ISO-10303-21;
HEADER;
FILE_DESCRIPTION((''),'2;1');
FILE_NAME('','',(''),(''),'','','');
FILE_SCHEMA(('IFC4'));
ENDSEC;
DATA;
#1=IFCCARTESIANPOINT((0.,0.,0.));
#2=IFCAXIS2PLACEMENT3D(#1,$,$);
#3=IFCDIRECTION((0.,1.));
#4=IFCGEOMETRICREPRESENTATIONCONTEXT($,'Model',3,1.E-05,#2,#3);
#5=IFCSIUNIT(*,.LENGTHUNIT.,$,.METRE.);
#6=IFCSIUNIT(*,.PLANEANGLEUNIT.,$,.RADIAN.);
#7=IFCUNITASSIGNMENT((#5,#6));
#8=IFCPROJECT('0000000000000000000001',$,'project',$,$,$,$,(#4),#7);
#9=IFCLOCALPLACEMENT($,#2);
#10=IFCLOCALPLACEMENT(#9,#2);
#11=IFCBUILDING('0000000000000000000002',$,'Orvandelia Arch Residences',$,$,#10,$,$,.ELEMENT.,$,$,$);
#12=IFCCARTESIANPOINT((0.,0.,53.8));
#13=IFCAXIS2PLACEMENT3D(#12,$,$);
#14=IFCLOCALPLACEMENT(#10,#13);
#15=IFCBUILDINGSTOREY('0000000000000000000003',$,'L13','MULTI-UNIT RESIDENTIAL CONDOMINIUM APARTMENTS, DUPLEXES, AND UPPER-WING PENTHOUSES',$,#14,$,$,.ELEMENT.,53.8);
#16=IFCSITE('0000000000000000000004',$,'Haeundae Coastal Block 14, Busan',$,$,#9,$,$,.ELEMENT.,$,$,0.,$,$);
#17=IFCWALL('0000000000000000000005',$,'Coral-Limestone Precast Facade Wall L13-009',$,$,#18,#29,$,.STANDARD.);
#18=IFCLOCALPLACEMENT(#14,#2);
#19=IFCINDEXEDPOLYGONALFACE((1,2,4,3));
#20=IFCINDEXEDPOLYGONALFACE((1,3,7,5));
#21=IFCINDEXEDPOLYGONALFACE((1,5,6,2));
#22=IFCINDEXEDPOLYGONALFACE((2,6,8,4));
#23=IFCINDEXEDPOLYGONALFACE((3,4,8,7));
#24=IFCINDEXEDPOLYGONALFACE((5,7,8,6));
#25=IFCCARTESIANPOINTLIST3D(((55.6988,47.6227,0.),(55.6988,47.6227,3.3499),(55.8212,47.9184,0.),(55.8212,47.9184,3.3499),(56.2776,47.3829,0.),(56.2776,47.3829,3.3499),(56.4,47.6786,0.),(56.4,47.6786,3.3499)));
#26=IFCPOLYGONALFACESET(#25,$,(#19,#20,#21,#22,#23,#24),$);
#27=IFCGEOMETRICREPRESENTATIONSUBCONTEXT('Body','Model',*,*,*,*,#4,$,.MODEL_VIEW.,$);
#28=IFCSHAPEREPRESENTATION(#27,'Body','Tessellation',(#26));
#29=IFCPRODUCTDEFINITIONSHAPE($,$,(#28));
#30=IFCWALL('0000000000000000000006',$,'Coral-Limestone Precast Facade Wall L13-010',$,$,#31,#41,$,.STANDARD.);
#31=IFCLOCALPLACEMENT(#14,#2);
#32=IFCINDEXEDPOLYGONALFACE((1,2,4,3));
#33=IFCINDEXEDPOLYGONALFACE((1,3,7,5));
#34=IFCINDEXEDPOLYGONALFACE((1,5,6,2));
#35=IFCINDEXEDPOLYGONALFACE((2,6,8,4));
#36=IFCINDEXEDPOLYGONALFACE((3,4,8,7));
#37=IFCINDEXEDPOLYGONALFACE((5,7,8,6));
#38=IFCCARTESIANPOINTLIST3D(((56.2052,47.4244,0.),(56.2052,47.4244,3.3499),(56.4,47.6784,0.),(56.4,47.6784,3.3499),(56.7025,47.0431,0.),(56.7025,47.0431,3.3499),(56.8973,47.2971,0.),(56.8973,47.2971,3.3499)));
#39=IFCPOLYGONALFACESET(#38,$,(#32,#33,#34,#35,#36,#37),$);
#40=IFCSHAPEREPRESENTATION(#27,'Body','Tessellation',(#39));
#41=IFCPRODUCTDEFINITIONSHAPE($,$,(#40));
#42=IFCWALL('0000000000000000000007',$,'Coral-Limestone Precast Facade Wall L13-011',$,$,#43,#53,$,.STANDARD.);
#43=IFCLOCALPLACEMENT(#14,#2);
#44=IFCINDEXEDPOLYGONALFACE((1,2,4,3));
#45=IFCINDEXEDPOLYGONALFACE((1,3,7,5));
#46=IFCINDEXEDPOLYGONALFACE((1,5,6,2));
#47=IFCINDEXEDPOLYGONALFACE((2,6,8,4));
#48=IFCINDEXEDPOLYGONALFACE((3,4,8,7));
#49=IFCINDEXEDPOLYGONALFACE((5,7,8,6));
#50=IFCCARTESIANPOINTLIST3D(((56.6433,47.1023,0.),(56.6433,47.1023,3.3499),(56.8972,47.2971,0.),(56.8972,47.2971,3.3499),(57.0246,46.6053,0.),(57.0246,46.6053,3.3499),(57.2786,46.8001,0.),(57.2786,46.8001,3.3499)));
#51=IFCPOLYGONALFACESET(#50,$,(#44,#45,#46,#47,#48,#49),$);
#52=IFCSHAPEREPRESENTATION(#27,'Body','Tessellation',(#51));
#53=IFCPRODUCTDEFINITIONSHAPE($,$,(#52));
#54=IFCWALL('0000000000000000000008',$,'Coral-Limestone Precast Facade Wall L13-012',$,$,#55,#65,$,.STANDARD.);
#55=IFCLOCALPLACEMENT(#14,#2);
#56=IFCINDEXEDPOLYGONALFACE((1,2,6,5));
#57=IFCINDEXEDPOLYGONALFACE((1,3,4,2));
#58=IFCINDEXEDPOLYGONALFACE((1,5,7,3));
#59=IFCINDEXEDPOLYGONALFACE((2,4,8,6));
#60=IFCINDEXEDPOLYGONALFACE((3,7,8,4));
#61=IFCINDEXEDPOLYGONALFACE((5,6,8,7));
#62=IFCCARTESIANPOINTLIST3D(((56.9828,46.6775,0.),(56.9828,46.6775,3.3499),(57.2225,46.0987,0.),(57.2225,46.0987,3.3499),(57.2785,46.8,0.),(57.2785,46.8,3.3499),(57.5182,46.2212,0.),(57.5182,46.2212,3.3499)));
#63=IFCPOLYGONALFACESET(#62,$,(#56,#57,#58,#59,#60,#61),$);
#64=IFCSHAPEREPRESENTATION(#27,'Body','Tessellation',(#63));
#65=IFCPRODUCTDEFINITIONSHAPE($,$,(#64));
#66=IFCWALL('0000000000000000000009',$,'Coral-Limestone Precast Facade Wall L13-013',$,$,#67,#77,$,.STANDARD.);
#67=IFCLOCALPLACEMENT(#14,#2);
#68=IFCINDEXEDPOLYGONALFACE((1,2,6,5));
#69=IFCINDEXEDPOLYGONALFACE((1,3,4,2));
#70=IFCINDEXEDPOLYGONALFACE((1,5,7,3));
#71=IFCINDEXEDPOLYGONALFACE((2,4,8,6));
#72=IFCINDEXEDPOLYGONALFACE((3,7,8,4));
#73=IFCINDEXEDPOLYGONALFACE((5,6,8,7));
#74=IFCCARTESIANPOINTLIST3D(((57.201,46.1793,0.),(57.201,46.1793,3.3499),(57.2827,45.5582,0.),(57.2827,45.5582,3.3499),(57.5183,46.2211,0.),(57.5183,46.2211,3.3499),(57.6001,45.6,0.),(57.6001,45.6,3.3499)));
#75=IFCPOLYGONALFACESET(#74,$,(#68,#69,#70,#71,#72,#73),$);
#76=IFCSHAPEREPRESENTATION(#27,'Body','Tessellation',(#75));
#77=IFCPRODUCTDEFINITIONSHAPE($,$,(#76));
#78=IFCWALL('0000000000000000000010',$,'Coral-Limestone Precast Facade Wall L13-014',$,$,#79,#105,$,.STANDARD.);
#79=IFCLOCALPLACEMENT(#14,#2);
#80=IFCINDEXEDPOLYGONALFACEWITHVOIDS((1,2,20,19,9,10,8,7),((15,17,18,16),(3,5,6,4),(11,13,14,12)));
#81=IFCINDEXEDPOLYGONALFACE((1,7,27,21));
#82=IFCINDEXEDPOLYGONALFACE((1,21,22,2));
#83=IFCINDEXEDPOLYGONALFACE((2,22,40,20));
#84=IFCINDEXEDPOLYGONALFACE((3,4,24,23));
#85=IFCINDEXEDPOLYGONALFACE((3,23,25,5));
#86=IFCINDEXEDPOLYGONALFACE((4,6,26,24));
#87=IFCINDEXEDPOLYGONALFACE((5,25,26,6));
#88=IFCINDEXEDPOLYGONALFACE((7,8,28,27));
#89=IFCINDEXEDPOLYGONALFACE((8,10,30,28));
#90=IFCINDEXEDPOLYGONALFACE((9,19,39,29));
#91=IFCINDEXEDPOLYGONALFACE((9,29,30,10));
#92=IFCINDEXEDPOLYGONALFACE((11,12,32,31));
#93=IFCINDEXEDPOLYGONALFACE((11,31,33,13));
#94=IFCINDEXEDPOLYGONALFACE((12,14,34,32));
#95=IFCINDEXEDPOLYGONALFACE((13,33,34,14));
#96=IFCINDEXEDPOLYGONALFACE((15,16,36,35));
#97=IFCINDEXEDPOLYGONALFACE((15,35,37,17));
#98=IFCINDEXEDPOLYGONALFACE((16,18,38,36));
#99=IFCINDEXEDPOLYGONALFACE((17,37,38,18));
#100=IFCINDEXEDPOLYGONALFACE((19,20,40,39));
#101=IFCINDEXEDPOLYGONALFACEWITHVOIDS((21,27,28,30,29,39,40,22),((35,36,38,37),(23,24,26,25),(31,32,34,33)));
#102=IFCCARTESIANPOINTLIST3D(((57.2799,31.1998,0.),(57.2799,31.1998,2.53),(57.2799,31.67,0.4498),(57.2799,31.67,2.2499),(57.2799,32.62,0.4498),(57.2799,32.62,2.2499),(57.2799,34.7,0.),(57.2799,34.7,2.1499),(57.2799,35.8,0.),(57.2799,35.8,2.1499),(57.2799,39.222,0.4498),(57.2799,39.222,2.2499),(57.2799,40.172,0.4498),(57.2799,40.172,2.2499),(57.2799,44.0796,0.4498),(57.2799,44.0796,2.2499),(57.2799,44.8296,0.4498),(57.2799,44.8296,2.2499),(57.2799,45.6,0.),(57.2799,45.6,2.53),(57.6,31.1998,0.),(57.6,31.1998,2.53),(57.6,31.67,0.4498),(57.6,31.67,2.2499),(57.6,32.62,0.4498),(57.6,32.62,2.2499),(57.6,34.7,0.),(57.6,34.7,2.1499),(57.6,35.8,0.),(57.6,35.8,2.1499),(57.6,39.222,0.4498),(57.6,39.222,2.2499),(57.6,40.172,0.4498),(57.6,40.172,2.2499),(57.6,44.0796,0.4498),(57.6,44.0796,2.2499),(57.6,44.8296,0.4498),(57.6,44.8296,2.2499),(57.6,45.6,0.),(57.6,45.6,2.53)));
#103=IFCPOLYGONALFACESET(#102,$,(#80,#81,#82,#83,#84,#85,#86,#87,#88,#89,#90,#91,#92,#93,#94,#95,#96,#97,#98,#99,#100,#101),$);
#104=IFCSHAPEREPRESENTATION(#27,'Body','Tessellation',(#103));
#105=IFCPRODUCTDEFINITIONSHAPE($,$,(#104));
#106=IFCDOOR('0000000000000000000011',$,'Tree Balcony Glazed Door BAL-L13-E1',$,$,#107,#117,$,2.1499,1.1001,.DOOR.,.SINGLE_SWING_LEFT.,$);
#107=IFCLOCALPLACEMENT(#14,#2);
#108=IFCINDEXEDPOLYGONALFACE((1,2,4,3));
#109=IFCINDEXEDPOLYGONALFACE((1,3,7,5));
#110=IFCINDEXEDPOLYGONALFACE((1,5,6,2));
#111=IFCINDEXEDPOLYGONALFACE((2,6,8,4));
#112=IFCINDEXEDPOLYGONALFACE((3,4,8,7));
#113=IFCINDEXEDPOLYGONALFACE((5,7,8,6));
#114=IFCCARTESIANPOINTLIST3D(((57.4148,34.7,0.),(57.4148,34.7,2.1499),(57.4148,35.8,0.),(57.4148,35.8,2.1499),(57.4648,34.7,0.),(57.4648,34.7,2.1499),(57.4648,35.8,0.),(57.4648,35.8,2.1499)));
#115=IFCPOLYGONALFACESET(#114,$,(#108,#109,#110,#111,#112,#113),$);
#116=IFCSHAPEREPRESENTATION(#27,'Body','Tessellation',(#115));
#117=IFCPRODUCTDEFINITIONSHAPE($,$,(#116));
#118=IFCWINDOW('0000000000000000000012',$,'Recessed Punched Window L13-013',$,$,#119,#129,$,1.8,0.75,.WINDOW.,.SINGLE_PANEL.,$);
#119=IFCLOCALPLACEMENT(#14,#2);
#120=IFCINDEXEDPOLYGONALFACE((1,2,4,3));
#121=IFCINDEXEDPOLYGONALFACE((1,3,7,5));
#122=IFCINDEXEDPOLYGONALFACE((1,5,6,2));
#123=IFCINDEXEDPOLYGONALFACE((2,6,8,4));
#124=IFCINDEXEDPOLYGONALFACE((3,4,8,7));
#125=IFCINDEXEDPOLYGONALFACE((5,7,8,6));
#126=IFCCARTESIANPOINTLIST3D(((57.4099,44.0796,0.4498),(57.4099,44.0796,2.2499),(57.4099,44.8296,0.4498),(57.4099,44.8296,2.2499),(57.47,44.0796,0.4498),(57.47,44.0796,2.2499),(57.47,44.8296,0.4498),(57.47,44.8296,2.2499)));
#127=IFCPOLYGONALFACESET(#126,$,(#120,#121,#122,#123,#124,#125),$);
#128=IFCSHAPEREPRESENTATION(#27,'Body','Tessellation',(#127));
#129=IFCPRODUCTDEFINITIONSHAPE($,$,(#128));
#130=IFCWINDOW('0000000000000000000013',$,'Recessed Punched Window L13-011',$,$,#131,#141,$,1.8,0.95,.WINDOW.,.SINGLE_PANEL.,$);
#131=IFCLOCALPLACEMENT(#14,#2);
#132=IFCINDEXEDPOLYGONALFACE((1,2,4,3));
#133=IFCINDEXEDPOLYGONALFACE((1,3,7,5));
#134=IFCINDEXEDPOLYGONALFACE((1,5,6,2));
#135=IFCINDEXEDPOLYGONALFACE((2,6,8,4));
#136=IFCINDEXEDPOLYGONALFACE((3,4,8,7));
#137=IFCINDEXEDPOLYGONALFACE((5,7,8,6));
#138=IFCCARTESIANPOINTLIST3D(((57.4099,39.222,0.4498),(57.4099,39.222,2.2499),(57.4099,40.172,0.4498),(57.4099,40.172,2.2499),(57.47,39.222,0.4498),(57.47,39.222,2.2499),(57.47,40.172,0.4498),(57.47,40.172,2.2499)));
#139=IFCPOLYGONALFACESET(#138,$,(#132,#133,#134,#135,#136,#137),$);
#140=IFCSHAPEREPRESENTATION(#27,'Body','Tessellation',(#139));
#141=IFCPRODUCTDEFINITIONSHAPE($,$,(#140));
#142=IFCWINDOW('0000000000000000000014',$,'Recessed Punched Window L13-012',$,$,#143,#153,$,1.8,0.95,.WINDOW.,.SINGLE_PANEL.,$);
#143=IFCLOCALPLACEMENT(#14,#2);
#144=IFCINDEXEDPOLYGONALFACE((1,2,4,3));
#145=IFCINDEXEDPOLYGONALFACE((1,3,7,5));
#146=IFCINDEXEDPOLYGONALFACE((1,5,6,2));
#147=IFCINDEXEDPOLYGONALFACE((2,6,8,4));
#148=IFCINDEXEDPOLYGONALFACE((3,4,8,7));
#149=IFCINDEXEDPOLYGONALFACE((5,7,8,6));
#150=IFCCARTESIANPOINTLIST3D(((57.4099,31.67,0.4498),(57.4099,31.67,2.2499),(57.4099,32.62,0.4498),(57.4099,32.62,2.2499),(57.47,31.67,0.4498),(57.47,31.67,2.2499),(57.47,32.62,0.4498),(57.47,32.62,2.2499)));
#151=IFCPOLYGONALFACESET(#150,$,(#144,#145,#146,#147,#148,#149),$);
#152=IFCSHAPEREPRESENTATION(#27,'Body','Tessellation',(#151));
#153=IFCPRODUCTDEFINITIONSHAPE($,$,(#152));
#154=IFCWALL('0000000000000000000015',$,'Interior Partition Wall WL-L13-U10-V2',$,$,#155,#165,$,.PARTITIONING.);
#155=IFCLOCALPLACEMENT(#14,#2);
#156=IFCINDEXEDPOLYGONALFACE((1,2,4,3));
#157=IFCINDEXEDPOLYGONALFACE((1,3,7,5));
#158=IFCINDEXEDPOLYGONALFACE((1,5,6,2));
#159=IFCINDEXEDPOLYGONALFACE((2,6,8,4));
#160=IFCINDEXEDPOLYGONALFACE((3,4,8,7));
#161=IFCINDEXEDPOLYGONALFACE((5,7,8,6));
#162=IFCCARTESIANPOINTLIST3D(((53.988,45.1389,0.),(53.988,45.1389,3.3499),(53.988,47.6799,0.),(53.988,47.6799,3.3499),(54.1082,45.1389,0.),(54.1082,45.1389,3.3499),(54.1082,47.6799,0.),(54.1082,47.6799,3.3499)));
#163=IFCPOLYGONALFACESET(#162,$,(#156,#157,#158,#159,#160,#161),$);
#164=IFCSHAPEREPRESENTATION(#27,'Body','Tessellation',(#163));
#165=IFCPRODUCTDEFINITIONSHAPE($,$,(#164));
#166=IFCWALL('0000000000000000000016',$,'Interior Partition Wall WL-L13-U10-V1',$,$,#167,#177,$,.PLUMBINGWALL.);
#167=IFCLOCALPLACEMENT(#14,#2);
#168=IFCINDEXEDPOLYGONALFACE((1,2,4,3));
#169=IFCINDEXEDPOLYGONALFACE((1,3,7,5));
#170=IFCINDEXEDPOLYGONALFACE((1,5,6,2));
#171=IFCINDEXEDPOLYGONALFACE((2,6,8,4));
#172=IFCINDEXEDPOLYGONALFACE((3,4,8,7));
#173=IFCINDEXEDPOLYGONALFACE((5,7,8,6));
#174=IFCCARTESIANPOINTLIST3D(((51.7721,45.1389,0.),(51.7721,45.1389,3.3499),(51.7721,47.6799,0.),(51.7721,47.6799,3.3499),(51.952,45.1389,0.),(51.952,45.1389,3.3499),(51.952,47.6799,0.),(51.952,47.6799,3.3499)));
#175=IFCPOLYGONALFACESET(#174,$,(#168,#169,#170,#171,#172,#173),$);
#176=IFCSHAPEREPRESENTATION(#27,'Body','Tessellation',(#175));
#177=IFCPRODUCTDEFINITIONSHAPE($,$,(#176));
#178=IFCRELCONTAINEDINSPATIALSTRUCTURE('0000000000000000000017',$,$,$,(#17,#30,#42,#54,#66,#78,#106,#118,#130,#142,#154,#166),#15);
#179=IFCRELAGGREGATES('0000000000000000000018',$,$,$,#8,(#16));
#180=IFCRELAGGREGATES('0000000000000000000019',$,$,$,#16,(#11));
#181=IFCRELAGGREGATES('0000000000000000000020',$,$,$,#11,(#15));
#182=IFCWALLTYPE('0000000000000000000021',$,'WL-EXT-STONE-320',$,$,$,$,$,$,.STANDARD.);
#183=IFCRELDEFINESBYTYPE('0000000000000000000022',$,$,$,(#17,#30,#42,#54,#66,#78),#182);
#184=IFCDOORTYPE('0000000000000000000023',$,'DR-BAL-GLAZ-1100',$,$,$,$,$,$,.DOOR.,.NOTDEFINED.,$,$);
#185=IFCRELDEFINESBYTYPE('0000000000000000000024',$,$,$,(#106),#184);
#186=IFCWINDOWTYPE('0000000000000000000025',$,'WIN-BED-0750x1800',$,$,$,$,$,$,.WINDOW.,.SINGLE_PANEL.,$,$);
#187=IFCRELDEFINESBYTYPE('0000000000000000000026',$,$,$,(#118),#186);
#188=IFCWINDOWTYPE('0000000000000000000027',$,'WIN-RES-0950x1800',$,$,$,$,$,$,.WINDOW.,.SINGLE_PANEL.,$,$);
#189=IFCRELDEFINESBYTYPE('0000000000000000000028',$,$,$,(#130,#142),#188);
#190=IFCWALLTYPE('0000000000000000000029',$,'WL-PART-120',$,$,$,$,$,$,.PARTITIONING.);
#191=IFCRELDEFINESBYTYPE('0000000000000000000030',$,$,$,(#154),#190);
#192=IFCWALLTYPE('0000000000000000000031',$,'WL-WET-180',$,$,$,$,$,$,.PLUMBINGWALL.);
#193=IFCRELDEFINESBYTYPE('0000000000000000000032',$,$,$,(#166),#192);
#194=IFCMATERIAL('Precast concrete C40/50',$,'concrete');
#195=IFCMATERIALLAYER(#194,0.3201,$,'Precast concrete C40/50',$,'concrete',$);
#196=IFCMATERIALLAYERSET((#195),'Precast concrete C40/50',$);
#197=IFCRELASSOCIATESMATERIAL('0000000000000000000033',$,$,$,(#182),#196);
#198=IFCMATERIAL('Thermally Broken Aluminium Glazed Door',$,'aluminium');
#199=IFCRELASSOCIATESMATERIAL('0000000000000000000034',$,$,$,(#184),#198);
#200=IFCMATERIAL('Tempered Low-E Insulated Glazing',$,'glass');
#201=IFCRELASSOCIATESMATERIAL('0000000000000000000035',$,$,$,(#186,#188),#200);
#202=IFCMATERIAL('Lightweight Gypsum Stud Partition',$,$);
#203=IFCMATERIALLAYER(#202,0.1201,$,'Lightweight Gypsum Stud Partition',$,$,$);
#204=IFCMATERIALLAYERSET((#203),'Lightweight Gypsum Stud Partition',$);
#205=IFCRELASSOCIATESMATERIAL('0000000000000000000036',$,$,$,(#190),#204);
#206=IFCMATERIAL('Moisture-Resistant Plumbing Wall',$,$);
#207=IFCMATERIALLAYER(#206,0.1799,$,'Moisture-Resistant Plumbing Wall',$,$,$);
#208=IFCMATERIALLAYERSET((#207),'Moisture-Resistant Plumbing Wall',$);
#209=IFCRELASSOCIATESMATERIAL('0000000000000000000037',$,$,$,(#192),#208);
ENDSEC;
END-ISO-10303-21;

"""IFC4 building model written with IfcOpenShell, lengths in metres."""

from ifc_helpers import new_model, si_unit, direction, frame, frame_2d, origin, place, context, subcontext, project, spatial, rectangle, extrude, material, layer, layer_set, type_object, element, fill, save


model = new_model("IFC4")

# Units and contexts
model_context = context("Model", 3, precision=1e-05, world=origin(), true_north=direction((0.0, 1.0)))
body_context = subcontext(model_context, "Body", "Model", "MODEL_VIEW")
ifc_project = project(units=[si_unit("LENGTHUNIT", "METRE"), si_unit("PLANEANGLEUNIT", "RADIAN")], contexts=[model_context])

# Site, building, storey
site_placement = place(None, origin())
site = spatial("IfcSite", under=ifc_project, at=site_placement, Name="Haeundae Coastal Block 14, Busan", CompositionType="ELEMENT", RefElevation=0.0)
building_placement = place(site_placement, origin())
building = spatial("IfcBuilding", under=site, at=building_placement, Name="Orvandelia Arch Residences", CompositionType="ELEMENT")
storey_placement = place(building_placement, frame((0.0, 0.0, 53.8)))
storey = spatial("IfcBuildingStorey", under=building, at=storey_placement, Name="L13", Description="MULTI-UNIT RESIDENTIAL CONDOMINIUM APARTMENTS, DUPLEXES, AND UPPER-WING PENTHOUSES", CompositionType="ELEMENT", Elevation=53.8)

# Walls
ifc_material_1 = material(Name="Precast concrete C40/50", Category="concrete")
ifc_layer_1 = layer(ifc_material_1, 0.3201, Name="Precast concrete C40/50", Category="concrete")
ifc_layer_set_1 = layer_set([ifc_layer_1], Name="Precast concrete C40/50")
wall_type_1 = type_object("IfcWallType", Name="WL-EXT-STONE-320", PredefinedType="STANDARD", material=ifc_layer_set_1)
for number, where, z_axis, x_axis, name in (
    (1, (55.76, 47.7705, 0.0), (0.0, 0.0, 1.0), (0.923893, -0.38265, 0.0), "Coral-Limestone Precast Facade Wall L13-009"),
):
    element("IfcWall", number, at=place(storey_placement, frame(where, z_axis=z_axis, x_axis=x_axis)), inside=storey, type_object=wall_type_1, Name=name, PredefinedType="STANDARD", context=body_context, shape_type="SweptSolid", body=[
        extrude(rectangle(XDim=0.6265, YDim=0.3201, at=frame_2d((0.3132, 0.0))), origin(), (0.0, 0.0, 1.0), 3.3499),
    ])
wall_1_placement = place(storey_placement, frame((56.3025, 47.5515, 0.0), z_axis=(0.0, 0.0, 1.0), x_axis=(0.79355, -0.608505, 0.0)))
element("IfcWall", 2, at=wall_1_placement, inside=storey, type_object=wall_type_1, Name="Coral-Limestone Precast Facade Wall L13-010", PredefinedType="STANDARD", context=body_context, shape_type="SweptSolid", body=[
    extrude(rectangle(XDim=0.6267, YDim=0.3201, at=frame_2d((0.3135, 0.0))), origin(), (0.0, 0.0, 1.0), 3.3499),
])
for number, where, z_axis, x_axis, name in (
    (3, (56.7703, 47.1997, 0.0), (0.0, 0.0, 1.0), (0.608693, -0.793406, 0.0), "Coral-Limestone Precast Facade Wall L13-011"),
    (4, (57.1306, 46.7388, 0.0), (0.0, 0.0, 1.0), (0.38265, -0.923893, 0.0), "Coral-Limestone Precast Facade Wall L13-012"),
    (5, (57.3596, 46.2002, 0.0), (0.0, 0.0, 1.0), (0.130555, -0.991441, 0.0), "Coral-Limestone Precast Facade Wall L13-013"),
):
    element("IfcWall", number, at=place(storey_placement, frame(where, z_axis=z_axis, x_axis=x_axis)), inside=storey, type_object=wall_type_1, Name=name, PredefinedType="STANDARD", context=body_context, shape_type="SweptSolid", body=[
        extrude(rectangle(XDim=0.6265, YDim=0.3201, at=frame_2d((0.3132, 0.0))), origin(), (0.0, 0.0, 1.0), 3.3499),
    ])

# Wall, openings, door, windows
wall_2_placement = place(storey_placement, frame((57.4399, 45.6001, 0.0), z_axis=(0.0, 0.0, 1.0), x_axis=(0.0, -1.0, 0.0)))
wall_2 = element("IfcWall", 6, at=wall_2_placement, inside=storey, type_object=wall_type_1, Name="Coral-Limestone Precast Facade Wall L13-014", PredefinedType="STANDARD", context=body_context, shape_type="SweptSolid", body=[
    extrude(rectangle(XDim=14.4001, YDim=0.3201, at=frame_2d((7.2002, 0.0))), origin(), (0.0, 0.0, 1.0), 2.53),
])
opening_1_placement = place(wall_2_placement, frame((9.8, 0.0, 0.0)))
opening_1 = element("IfcOpeningElement", 7, at=opening_1_placement, cuts=wall_2, PredefinedType="OPENING", context=body_context, shape_type="SweptSolid", body=[
    extrude(rectangle(XDim=1.1001, YDim=2.1499, at=frame_2d((0.55, 1.075))), frame((0.0, 0.1699, 0.0), z_axis=(0.0, -1.0, 0.0), x_axis=(1.0, 0.0, 0.0)), (0.0, 0.0, 1.0), 0.3401),
])
opening_2_placement = place(wall_2_placement, frame((5.428, 0.0, 0.45)))
opening_2 = element("IfcOpeningElement", 8, at=opening_2_placement, cuts=wall_2, PredefinedType="OPENING", context=body_context, shape_type="SweptSolid", body=[
    extrude(rectangle(XDim=0.95, YDim=1.8, at=frame_2d((0.4751, 0.8999))), frame((0.0, 0.1699, 0.0), z_axis=(0.0, -1.0, 0.0), x_axis=(1.0, 0.0, 0.0)), (0.0, 0.0, 1.0), 0.3401),
])
opening_3_placement = place(wall_2_placement, frame((12.98, 0.0, 0.45)))
opening_3 = element("IfcOpeningElement", 9, at=opening_3_placement, cuts=wall_2, PredefinedType="OPENING", context=body_context, shape_type="SweptSolid", body=[
    extrude(rectangle(XDim=0.95, YDim=1.8, at=frame_2d((0.4751, 0.8999))), frame((0.0, 0.1699, 0.0), z_axis=(0.0, -1.0, 0.0), x_axis=(1.0, 0.0, 0.0)), (0.0, 0.0, 1.0), 0.3401),
])
opening_4_placement = place(wall_2_placement, frame((0.7705, 0.0, 0.45)))
opening_4 = element("IfcOpeningElement", 10, at=opening_4_placement, cuts=wall_2, PredefinedType="OPENING", context=body_context, shape_type="SweptSolid", body=[
    extrude(rectangle(XDim=0.75, YDim=1.8, at=frame_2d((0.375, 0.8999))), frame((0.0, 0.1699, 0.0), z_axis=(0.0, -1.0, 0.0), x_axis=(1.0, 0.0, 0.0)), (0.0, 0.0, 1.0), 0.3401),
])
ifc_material_2 = material(Name="Thermally Broken Aluminium Glazed Door", Category="aluminium")
door_type_1 = type_object("IfcDoorType", Name="DR-BAL-GLAZ-1100", OperationType="NOTDEFINED", PredefinedType="DOOR", material=ifc_material_2)
door_1_placement = place(opening_1_placement, origin())
door_1 = element("IfcDoor", 11, at=door_1_placement, inside=storey, type_object=door_type_1, Name="Tree Balcony Glazed Door BAL-L13-E1", OperationType="SINGLE_SWING_LEFT", OverallHeight=2.1499, OverallWidth=1.1001, PredefinedType="DOOR", context=body_context, shape_type="SweptSolid", body=[
    extrude(rectangle(XDim=1.1001, YDim=2.1499, at=frame_2d((0.55, 1.075))), frame((0.0, 0.0249, 0.0), z_axis=(0.0, -1.0, 0.0), x_axis=(1.0, 0.0, 0.0)), (0.0, 0.0, 1.0), 0.05),
])
fill(opening_1, door_1)
ifc_material_3 = material(Name="Tempered Low-E Insulated Glazing", Category="glass")
window_type_1 = type_object("IfcWindowType", Name="WIN-BED-0750x1800", PartitioningType="SINGLE_PANEL", PredefinedType="WINDOW", material=ifc_material_3)
window_1_placement = place(opening_4_placement, origin())
window_1 = element("IfcWindow", 12, at=window_1_placement, inside=storey, type_object=window_type_1, Name="Recessed Punched Window L13-013", OverallHeight=1.8, OverallWidth=0.75, PartitioningType="SINGLE_PANEL", PredefinedType="WINDOW", context=body_context, shape_type="SweptSolid", body=[
    extrude(rectangle(XDim=0.75, YDim=1.8, at=frame_2d((0.375, 0.8999))), frame((0.0, 0.03, 0.0), z_axis=(0.0, -1.0, 0.0), x_axis=(1.0, 0.0, 0.0)), (0.0, 0.0, 1.0), 0.0601),
])
fill(opening_4, window_1)
window_type_2 = type_object("IfcWindowType", Name="WIN-RES-0950x1800", PartitioningType="SINGLE_PANEL", PredefinedType="WINDOW", material=ifc_material_3)
window_2_placement = place(opening_2_placement, origin())
window_2 = element("IfcWindow", 13, at=window_2_placement, inside=storey, type_object=window_type_2, Name="Recessed Punched Window L13-011", OverallHeight=1.8, OverallWidth=0.95, PartitioningType="SINGLE_PANEL", PredefinedType="WINDOW", context=body_context, shape_type="SweptSolid", body=[
    extrude(rectangle(XDim=0.95, YDim=1.8, at=frame_2d((0.4751, 0.8999))), frame((0.0, 0.03, 0.0), z_axis=(0.0, -1.0, 0.0), x_axis=(1.0, 0.0, 0.0)), (0.0, 0.0, 1.0), 0.0601),
])
fill(opening_2, window_2)
window_3_placement = place(opening_3_placement, origin())
window_3 = element("IfcWindow", 14, at=window_3_placement, inside=storey, type_object=window_type_2, Name="Recessed Punched Window L13-012", OverallHeight=1.8, OverallWidth=0.95, PartitioningType="SINGLE_PANEL", PredefinedType="WINDOW", context=body_context, shape_type="SweptSolid", body=[
    extrude(rectangle(XDim=0.95, YDim=1.8, at=frame_2d((0.4751, 0.8999))), frame((0.0, 0.03, 0.0), z_axis=(0.0, -1.0, 0.0), x_axis=(1.0, 0.0, 0.0)), (0.0, 0.0, 1.0), 0.0601),
])
fill(opening_3, window_3)

# Wall
ifc_material_4 = material(Name="Lightweight Gypsum Stud Partition")
ifc_layer_2 = layer(ifc_material_4, 0.1201, Name="Lightweight Gypsum Stud Partition")
ifc_layer_set_2 = layer_set([ifc_layer_2], Name="Lightweight Gypsum Stud Partition")
wall_type_2 = type_object("IfcWallType", Name="WL-PART-120", PredefinedType="PARTITIONING", material=ifc_layer_set_2)
wall_3_placement = place(storey_placement, frame((54.0481, 45.1389, 0.0), z_axis=(0.0, 0.0, 1.0), x_axis=(0.0, 1.0, 0.0)))
element("IfcWall", 15, at=wall_3_placement, inside=storey, type_object=wall_type_2, Name="Interior Partition Wall WL-L13-U10-V2", PredefinedType="PARTITIONING", context=body_context, shape_type="SweptSolid", body=[
    extrude(rectangle(XDim=2.541, YDim=0.1201, at=frame_2d((1.2705, 0.0))), origin(), (0.0, 0.0, 1.0), 3.3499),
])

# Shared definitions
ifc_material_5 = material(Name="Moisture-Resistant Plumbing Wall")
ifc_layer_3 = layer(ifc_material_5, 0.1799, Name="Moisture-Resistant Plumbing Wall")
ifc_layer_set_3 = layer_set([ifc_layer_3], Name="Moisture-Resistant Plumbing Wall")
wall_type_3 = type_object("IfcWallType", Name="WL-WET-180", PredefinedType="PLUMBINGWALL", material=ifc_layer_set_3)

# Wall
wall_4_placement = place(storey_placement, frame((51.8621, 45.1389, 0.0), z_axis=(0.0, 0.0, 1.0), x_axis=(0.0, 1.0, 0.0)))
element("IfcWall", 16, at=wall_4_placement, inside=storey, type_object=wall_type_3, Name="Interior Partition Wall WL-L13-U10-V1", PredefinedType="PLUMBINGWALL", context=body_context, shape_type="SweptSolid", body=[
    extrude(rectangle(XDim=2.541, YDim=0.1799, at=frame_2d((1.2705, 0.0))), origin(), (0.0, 0.0, 1.0), 3.3499),
])

save(model, "model.ifc")
